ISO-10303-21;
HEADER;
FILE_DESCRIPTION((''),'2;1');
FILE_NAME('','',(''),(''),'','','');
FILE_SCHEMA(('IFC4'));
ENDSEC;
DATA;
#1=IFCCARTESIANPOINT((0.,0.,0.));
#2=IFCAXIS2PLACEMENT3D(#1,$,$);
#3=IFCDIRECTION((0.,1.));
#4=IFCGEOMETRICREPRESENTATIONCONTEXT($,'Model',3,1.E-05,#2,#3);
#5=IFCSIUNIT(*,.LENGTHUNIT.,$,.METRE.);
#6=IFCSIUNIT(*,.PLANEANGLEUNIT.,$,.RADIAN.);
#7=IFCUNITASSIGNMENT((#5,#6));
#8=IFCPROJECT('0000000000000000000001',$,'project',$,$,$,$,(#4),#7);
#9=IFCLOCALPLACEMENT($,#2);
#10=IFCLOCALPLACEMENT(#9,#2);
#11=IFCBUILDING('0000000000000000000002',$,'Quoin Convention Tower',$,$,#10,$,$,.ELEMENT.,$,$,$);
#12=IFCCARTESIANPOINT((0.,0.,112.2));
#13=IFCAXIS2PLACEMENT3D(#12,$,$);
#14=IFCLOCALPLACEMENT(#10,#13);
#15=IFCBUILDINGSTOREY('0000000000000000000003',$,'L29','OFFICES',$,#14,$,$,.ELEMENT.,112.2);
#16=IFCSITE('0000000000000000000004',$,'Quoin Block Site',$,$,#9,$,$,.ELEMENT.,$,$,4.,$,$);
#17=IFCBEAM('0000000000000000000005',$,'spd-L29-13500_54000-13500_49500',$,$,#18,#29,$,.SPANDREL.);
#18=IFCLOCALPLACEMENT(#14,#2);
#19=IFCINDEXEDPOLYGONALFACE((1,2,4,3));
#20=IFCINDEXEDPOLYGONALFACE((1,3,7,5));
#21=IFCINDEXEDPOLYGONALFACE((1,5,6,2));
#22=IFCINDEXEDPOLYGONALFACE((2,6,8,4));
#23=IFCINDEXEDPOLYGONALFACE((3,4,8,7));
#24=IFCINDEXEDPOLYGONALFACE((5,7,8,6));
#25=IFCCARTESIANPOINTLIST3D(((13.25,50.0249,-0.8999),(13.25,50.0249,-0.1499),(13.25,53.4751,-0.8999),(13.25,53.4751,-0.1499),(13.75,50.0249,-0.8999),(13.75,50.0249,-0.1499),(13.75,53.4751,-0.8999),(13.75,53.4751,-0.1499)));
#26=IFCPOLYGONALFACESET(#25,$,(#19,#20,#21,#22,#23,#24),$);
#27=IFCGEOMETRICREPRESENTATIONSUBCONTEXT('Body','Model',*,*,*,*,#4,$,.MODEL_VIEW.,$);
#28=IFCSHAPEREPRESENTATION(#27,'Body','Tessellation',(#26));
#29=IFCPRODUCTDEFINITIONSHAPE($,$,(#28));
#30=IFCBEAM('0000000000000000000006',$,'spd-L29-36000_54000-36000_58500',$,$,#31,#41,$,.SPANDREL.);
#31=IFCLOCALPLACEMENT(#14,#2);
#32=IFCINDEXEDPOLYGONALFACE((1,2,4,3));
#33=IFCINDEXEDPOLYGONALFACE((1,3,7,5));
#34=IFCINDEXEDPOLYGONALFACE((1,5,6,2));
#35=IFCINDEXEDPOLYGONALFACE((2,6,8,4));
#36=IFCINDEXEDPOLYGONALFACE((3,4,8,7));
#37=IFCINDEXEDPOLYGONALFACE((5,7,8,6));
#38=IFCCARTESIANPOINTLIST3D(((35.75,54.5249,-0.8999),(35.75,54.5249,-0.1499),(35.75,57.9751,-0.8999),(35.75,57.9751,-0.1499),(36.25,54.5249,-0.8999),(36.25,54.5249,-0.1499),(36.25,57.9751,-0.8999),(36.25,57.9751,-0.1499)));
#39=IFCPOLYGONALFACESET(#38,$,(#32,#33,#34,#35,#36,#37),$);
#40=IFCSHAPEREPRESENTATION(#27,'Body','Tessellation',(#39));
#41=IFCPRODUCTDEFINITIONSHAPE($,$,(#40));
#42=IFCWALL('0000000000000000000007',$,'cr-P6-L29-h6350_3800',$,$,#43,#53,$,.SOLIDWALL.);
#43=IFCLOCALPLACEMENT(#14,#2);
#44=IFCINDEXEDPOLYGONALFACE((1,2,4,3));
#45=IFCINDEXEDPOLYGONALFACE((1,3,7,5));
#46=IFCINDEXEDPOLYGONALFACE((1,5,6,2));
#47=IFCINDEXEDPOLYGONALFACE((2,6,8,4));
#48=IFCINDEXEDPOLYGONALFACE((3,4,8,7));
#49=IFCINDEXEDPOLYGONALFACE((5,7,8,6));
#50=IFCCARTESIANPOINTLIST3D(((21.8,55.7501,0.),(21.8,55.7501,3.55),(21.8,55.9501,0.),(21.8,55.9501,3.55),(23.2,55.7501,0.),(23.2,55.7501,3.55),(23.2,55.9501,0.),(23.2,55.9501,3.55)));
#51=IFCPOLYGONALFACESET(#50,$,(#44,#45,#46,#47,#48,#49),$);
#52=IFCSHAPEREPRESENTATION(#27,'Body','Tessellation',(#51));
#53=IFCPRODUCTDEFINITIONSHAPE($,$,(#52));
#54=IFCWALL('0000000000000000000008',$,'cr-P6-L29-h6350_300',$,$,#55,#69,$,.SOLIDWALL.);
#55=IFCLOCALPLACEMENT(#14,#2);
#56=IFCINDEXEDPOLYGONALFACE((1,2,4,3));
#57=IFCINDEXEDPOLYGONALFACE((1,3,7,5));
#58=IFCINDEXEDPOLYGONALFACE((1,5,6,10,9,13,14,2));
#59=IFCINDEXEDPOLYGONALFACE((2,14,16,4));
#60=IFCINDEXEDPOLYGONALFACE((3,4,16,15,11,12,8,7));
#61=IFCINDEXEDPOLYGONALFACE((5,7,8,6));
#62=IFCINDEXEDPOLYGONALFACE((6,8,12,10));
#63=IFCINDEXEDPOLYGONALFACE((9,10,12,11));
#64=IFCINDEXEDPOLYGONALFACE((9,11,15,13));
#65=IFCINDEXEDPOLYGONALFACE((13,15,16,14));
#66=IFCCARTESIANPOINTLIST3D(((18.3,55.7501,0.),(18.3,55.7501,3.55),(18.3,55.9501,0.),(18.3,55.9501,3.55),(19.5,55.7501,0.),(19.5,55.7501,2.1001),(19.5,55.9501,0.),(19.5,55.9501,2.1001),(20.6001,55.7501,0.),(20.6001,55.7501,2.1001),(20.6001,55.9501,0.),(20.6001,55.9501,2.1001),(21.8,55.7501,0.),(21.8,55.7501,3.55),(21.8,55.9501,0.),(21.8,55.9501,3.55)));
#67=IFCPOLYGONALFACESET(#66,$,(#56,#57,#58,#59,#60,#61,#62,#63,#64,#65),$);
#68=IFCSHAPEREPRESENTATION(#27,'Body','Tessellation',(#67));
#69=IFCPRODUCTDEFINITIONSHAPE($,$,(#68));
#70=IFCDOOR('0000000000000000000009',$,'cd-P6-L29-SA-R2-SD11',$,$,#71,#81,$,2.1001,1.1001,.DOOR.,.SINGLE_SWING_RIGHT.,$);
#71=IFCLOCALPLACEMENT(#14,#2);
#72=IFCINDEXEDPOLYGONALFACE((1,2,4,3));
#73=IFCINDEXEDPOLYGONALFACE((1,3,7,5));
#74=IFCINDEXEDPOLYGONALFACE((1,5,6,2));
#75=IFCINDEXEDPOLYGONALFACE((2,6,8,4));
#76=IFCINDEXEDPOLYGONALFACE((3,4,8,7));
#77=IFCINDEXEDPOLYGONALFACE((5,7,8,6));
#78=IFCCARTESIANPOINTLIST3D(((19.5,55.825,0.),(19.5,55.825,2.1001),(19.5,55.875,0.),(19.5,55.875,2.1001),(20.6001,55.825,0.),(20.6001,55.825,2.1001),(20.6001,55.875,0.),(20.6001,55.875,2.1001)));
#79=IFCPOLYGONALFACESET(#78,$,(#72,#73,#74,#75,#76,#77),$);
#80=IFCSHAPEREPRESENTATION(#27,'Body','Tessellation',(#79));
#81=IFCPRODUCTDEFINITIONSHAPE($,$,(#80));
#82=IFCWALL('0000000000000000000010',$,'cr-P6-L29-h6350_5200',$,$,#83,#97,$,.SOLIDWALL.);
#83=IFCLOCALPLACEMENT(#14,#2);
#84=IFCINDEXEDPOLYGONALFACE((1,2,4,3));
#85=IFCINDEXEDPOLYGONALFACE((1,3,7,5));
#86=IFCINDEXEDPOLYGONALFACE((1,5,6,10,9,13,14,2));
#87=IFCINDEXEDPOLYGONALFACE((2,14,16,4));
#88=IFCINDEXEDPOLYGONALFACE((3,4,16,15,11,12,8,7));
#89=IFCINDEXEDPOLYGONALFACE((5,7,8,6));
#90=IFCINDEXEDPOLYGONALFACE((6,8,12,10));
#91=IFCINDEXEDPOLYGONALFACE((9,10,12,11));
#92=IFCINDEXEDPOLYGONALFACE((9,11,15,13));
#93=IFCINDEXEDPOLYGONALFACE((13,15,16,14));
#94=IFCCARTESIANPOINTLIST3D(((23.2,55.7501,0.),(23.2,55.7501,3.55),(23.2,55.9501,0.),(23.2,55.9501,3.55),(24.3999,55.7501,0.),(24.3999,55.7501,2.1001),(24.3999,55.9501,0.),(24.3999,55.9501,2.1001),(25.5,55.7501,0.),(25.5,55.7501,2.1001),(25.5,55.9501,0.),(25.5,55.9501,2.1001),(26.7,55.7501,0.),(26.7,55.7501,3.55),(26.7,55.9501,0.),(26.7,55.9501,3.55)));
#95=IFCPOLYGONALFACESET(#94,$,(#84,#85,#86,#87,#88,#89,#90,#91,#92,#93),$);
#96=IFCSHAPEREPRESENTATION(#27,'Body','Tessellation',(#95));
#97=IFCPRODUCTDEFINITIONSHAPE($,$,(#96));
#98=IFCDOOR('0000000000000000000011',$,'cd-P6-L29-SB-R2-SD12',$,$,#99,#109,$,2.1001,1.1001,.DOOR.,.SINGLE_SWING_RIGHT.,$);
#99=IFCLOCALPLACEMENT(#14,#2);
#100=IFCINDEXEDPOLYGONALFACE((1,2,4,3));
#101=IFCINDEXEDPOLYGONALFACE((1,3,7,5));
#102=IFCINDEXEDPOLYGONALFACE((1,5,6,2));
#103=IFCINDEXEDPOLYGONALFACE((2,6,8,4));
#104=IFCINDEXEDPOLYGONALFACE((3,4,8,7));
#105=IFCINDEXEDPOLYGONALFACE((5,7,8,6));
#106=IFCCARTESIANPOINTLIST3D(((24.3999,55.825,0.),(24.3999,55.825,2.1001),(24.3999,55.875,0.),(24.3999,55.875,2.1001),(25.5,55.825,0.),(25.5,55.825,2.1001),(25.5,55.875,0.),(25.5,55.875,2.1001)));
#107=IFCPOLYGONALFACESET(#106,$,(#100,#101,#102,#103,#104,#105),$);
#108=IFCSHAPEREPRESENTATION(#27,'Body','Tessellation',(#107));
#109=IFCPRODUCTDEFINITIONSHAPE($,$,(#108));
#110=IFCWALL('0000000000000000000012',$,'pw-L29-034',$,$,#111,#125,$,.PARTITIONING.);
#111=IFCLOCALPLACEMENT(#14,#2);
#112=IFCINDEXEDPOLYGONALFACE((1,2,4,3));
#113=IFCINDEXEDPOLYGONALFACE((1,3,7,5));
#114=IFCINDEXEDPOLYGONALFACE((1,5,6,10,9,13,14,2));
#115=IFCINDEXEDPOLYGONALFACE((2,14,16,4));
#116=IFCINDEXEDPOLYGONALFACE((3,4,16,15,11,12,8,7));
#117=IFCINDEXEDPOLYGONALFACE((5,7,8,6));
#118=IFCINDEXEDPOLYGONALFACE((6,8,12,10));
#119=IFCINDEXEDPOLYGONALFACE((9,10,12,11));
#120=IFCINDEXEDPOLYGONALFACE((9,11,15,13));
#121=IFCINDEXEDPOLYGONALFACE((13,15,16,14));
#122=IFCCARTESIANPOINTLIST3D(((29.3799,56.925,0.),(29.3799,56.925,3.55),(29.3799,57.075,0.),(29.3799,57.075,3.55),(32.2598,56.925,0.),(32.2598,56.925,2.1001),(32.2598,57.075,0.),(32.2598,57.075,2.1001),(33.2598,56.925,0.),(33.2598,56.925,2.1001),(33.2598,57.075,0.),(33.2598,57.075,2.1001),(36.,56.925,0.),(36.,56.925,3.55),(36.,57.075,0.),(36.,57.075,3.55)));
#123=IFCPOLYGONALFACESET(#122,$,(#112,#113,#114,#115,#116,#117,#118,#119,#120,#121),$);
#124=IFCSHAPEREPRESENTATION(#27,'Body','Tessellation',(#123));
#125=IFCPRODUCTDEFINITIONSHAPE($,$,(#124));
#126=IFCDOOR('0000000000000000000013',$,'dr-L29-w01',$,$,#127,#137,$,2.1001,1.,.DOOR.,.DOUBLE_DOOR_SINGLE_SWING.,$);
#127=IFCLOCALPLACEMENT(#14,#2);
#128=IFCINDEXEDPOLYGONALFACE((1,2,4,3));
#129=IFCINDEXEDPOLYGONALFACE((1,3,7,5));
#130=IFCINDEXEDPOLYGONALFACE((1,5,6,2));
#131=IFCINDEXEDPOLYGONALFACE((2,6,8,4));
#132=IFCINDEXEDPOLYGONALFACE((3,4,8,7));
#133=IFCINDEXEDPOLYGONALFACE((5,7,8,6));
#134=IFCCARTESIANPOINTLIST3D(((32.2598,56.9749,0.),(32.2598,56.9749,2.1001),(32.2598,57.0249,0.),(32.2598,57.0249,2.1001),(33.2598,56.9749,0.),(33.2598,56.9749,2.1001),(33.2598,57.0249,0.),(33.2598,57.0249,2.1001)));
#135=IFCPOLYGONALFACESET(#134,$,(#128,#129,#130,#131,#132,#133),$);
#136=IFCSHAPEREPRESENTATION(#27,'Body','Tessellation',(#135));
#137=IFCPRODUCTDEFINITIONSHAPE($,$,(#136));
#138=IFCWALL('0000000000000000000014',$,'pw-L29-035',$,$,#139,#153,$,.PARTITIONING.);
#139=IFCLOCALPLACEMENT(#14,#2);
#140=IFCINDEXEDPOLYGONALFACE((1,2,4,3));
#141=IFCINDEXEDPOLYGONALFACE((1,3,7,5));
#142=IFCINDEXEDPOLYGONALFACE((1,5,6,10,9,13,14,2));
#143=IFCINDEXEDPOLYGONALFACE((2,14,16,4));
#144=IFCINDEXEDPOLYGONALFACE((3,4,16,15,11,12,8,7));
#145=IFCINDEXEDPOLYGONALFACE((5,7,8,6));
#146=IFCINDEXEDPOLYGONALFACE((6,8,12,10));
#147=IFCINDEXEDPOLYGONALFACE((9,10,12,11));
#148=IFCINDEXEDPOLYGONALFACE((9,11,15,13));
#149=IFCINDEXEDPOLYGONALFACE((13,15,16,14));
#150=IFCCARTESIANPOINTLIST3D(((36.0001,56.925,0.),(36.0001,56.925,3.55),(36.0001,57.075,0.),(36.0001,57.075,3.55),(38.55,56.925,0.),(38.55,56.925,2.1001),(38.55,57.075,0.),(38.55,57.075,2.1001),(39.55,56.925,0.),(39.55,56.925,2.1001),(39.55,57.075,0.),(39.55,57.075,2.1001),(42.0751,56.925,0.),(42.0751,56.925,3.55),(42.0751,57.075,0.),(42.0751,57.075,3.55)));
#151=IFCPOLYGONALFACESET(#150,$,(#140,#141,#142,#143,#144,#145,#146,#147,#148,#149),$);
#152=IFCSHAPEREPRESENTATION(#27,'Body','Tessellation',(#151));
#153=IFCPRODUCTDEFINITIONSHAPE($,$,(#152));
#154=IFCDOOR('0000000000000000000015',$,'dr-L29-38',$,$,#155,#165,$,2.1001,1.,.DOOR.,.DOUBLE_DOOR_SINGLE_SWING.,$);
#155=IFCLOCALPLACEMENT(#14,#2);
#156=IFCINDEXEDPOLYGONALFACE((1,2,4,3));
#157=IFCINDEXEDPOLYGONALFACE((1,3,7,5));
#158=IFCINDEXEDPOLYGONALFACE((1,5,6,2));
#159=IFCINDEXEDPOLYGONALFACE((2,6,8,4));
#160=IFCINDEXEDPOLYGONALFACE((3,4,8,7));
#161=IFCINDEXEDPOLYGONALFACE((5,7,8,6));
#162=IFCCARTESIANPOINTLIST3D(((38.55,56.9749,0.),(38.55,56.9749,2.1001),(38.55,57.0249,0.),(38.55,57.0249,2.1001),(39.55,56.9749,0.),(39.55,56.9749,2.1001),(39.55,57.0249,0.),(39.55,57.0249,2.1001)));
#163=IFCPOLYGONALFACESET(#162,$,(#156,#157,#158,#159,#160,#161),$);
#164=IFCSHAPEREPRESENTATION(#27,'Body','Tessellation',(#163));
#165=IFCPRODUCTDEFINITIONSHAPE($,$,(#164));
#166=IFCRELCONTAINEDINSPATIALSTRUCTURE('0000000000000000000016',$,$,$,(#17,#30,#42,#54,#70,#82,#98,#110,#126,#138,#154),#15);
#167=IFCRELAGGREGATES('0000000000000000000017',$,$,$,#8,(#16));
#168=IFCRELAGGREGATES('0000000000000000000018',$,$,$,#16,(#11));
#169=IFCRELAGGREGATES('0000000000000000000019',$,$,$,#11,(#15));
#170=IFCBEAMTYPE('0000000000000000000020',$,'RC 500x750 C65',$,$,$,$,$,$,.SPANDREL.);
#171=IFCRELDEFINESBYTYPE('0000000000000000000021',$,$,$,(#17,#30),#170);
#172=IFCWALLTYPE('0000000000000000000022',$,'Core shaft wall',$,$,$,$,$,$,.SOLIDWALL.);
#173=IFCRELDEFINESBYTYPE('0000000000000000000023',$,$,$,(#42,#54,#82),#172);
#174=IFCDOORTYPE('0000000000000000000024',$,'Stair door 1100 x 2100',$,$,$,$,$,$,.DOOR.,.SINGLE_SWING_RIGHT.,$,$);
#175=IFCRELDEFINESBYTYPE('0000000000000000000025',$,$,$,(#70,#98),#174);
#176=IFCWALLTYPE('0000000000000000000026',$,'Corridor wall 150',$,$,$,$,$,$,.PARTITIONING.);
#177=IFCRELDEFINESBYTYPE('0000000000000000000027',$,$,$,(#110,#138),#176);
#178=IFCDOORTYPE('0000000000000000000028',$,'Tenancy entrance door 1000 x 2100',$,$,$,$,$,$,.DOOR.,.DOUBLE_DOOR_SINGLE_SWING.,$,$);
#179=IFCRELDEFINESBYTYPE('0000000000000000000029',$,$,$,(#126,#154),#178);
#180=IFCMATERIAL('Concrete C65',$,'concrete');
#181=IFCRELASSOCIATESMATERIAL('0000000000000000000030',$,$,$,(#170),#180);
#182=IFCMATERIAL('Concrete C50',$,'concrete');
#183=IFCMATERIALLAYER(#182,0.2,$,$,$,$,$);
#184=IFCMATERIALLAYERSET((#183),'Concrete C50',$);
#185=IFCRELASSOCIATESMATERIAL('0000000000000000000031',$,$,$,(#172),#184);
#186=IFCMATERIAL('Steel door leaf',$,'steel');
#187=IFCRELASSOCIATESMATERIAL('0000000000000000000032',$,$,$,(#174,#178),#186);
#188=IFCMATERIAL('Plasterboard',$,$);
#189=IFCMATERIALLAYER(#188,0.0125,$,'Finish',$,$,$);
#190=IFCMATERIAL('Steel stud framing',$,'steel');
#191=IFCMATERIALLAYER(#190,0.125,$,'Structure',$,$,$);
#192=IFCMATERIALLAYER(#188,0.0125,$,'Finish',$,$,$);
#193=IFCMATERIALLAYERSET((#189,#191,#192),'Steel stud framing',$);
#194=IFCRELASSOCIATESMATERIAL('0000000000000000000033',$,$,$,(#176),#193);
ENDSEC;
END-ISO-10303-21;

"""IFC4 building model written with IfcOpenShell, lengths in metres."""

from ifc_helpers import new_model, si_unit, direction, frame, frame_2d, origin, origin_2d, place, context, subcontext, project, spatial, rectangle, extrude, material, layer, layer_set, material_profile, profile_set, type_object, element, fill, save


model = new_model("IFC4")

# Units and contexts
model_context = context("Model", 3, precision=1e-05, world=origin(), true_north=direction((0.0, 1.0)))
body_context = subcontext(model_context, "Body", "Model", "MODEL_VIEW")
ifc_project = project(units=[si_unit("LENGTHUNIT", "METRE"), si_unit("PLANEANGLEUNIT", "RADIAN")], contexts=[model_context])

# Site, building, storey
site_placement = place(None, origin())
site = spatial("IfcSite", under=ifc_project, at=site_placement, Name="Quoin Block Site", CompositionType="ELEMENT", RefElevation=4.0)
building_placement = place(site_placement, origin())
building = spatial("IfcBuilding", under=site, at=building_placement, Name="Quoin Convention Tower", CompositionType="ELEMENT")
storey_placement = place(building_placement, frame((0.0, 0.0, 112.2)))
storey = spatial("IfcBuildingStorey", under=building, at=storey_placement, Name="L29", Description="OFFICES", CompositionType="ELEMENT", Elevation=112.2)

# Shared definitions
ifc_material_1 = material(Name="Concrete C65", Category="concrete")

# Beams
ifc_material_profile_1 = material_profile(ifc_material_1, rectangle(XDim=0.5, YDim=0.75, at=origin_2d()), Name="RC 500x750")
ifc_profile_set_1 = profile_set([ifc_material_profile_1], Name="Concrete C65")
beam_type_1 = type_object("IfcBeamType", Name="RC 500x750 C65", PredefinedType="SPANDREL", material=ifc_profile_set_1)
for number, where, z_axis, x_axis, name in (
    (1, (13.5, 53.4751, -0.5249), (0.0, -1.0, 0.0), (1.0, 0.0, 0.0), "spd-L29-13500_54000-13500_49500"),
    (2, (36.0, 54.5249, -0.5249), (0.0, 1.0, 0.0), (-1.0, 0.0, 0.0), "spd-L29-36000_54000-36000_58500"),
):
    element("IfcBeam", number, at=place(storey_placement, frame(where, z_axis=z_axis, x_axis=x_axis)), inside=storey, type_object=beam_type_1, Name=name, PredefinedType="SPANDREL", context=body_context, shape_type="SweptSolid", body=[
        extrude(rectangle(XDim=0.5, YDim=0.75, at=origin_2d()), origin(), (0.0, 0.0, 1.0), 3.4502),
    ])

# Wall
ifc_material_2 = material(Name="Concrete C50", Category="concrete")
ifc_layer_1 = layer(ifc_material_2, 0.2)
ifc_layer_set_1 = layer_set([ifc_layer_1], Name="Concrete C50")
wall_type_1 = type_object("IfcWallType", Name="Core shaft wall", PredefinedType="SOLIDWALL", material=ifc_layer_set_1)
wall_1_placement = place(storey_placement, frame((21.8, 55.8501, 0.0), z_axis=(0.0, 0.0, 1.0), x_axis=(1.0, 0.0, 0.0)))
element("IfcWall", 3, at=wall_1_placement, inside=storey, type_object=wall_type_1, Name="cr-P6-L29-h6350_3800", PredefinedType="SOLIDWALL", context=body_context, shape_type="SweptSolid", body=[
    extrude(rectangle(XDim=1.3999, YDim=0.2, at=frame_2d((0.7, 0.0))), origin(), (0.0, 0.0, 1.0), 3.55),
])

# Walls, openings, doors
wall_2_placement = place(storey_placement, frame((18.3, 55.8501, 0.0), z_axis=(0.0, 0.0, 1.0), x_axis=(1.0, 0.0, 0.0)))
wall_2 = element("IfcWall", 4, at=wall_2_placement, inside=storey, type_object=wall_type_1, Name="cr-P6-L29-h6350_300", PredefinedType="SOLIDWALL", context=body_context, shape_type="SweptSolid", body=[
    extrude(rectangle(XDim=3.5, YDim=0.2, at=frame_2d((1.75, 0.0))), origin(), (0.0, 0.0, 1.0), 3.55),
])
opening_1_placement = place(wall_2_placement, frame((1.2, 0.0, 0.0)))
opening_1 = element("IfcOpeningElement", 5, at=opening_1_placement, cuts=wall_2, PredefinedType="OPENING", context=body_context, shape_type="SweptSolid", body=[
    extrude(rectangle(XDim=1.1001, YDim=2.1001, at=frame_2d((0.55, 1.05))), frame((0.0, 0.1099, 0.0), z_axis=(0.0, -1.0, 0.0), x_axis=(1.0, 0.0, 0.0)), (0.0, 0.0, 1.0), 0.22),
])
ifc_material_3 = material(Name="Steel door leaf", Category="steel")
door_type_1 = type_object("IfcDoorType", Name="Stair door 1100 x 2100", OperationType="SINGLE_SWING_RIGHT", PredefinedType="DOOR", material=ifc_material_3)
door_1_placement = place(opening_1_placement, origin())
door_1 = element("IfcDoor", 6, at=door_1_placement, inside=storey, type_object=door_type_1, Name="cd-P6-L29-SA-R2-SD11", OperationType="SINGLE_SWING_RIGHT", OverallHeight=2.1001, OverallWidth=1.1001, PredefinedType="DOOR", context=body_context, shape_type="SweptSolid", body=[
    extrude(rectangle(XDim=1.1001, YDim=2.1001, at=frame_2d((0.55, 1.05))), frame((0.0, 0.0249, 0.0), z_axis=(0.0, -1.0, 0.0), x_axis=(1.0, 0.0, 0.0)), (0.0, 0.0, 1.0), 0.05),
])
fill(opening_1, door_1)
wall_3_placement = place(storey_placement, frame((23.2, 55.8501, 0.0), z_axis=(0.0, 0.0, 1.0), x_axis=(1.0, 0.0, 0.0)))
wall_3 = element("IfcWall", 7, at=wall_3_placement, inside=storey, type_object=wall_type_1, Name="cr-P6-L29-h6350_5200", PredefinedType="SOLIDWALL", context=body_context, shape_type="SweptSolid", body=[
    extrude(rectangle(XDim=3.5, YDim=0.2, at=frame_2d((1.75, 0.0))), origin(), (0.0, 0.0, 1.0), 3.55),
])
opening_2_placement = place(wall_3_placement, frame((1.2, 0.0, 0.0)))
opening_2 = element("IfcOpeningElement", 8, at=opening_2_placement, cuts=wall_3, PredefinedType="OPENING", context=body_context, shape_type="SweptSolid", body=[
    extrude(rectangle(XDim=1.1001, YDim=2.1001, at=frame_2d((0.55, 1.05))), frame((0.0, 0.1099, 0.0), z_axis=(0.0, -1.0, 0.0), x_axis=(1.0, 0.0, 0.0)), (0.0, 0.0, 1.0), 0.22),
])
door_2_placement = place(opening_2_placement, origin())
door_2 = element("IfcDoor", 9, at=door_2_placement, inside=storey, type_object=door_type_1, Name="cd-P6-L29-SB-R2-SD12", OperationType="SINGLE_SWING_RIGHT", OverallHeight=2.1001, OverallWidth=1.1001, PredefinedType="DOOR", context=body_context, shape_type="SweptSolid", body=[
    extrude(rectangle(XDim=1.1001, YDim=2.1001, at=frame_2d((0.55, 1.05))), frame((0.0, 0.0249, 0.0), z_axis=(0.0, -1.0, 0.0), x_axis=(1.0, 0.0, 0.0)), (0.0, 0.0, 1.0), 0.05),
])
fill(opening_2, door_2)
ifc_material_4 = material(Name="Plasterboard")
ifc_layer_2 = layer(ifc_material_4, 0.0125, Name="Finish")
ifc_material_5 = material(Name="Steel stud framing", Category="steel")
ifc_layer_3 = layer(ifc_material_5, 0.125, Name="Structure")
ifc_layer_4 = layer(ifc_material_4, 0.0125, Name="Finish")
ifc_layer_set_2 = layer_set([ifc_layer_2, ifc_layer_3, ifc_layer_4], Name="Steel stud framing")
wall_type_2 = type_object("IfcWallType", Name="Corridor wall 150", PredefinedType="PARTITIONING", material=ifc_layer_set_2)
wall_4_placement = place(storey_placement, frame((29.3799, 57.0, 0.0), z_axis=(0.0, 0.0, 1.0), x_axis=(1.0, 0.0, 0.0)))
wall_4 = element("IfcWall", 10, at=wall_4_placement, inside=storey, type_object=wall_type_2, Name="pw-L29-034", PredefinedType="PARTITIONING", context=body_context, shape_type="SweptSolid", body=[
    extrude(rectangle(XDim=6.6201, YDim=0.1499, at=frame_2d((3.3101, 0.0))), origin(), (0.0, 0.0, 1.0), 3.55),
])
opening_3_placement = place(wall_4_placement, frame((2.8799, 0.0, 0.0)))
opening_3 = element("IfcOpeningElement", 11, at=opening_3_placement, cuts=wall_4, PredefinedType="OPENING", context=body_context, shape_type="SweptSolid", body=[
    extrude(rectangle(XDim=1.0, YDim=2.1001, at=frame_2d((0.5, 1.05))), frame((0.0, 0.085, 0.0), z_axis=(0.0, -1.0, 0.0), x_axis=(1.0, 0.0, 0.0)), (0.0, 0.0, 1.0), 0.1699),
])
door_type_2 = type_object("IfcDoorType", Name="Tenancy entrance door 1000 x 2100", OperationType="DOUBLE_DOOR_SINGLE_SWING", PredefinedType="DOOR", material=ifc_material_3)
door_3_placement = place(opening_3_placement, origin())
door_3 = element("IfcDoor", 12, at=door_3_placement, inside=storey, type_object=door_type_2, Name="dr-L29-w01", OperationType="DOUBLE_DOOR_SINGLE_SWING", OverallHeight=2.1001, OverallWidth=1.0, PredefinedType="DOOR", context=body_context, shape_type="SweptSolid", body=[
    extrude(rectangle(XDim=1.0, YDim=2.1001, at=frame_2d((0.5, 1.05))), frame((0.0, 0.0249, 0.0), z_axis=(0.0, -1.0, 0.0), x_axis=(1.0, 0.0, 0.0)), (0.0, 0.0, 1.0), 0.05),
])
fill(opening_3, door_3)
wall_5_placement = place(storey_placement, frame((36.0, 57.0, 0.0), z_axis=(0.0, 0.0, 1.0), x_axis=(1.0, 0.0, 0.0)))
wall_5 = element("IfcWall", 13, at=wall_5_placement, inside=storey, type_object=wall_type_2, Name="pw-L29-035", PredefinedType="PARTITIONING", context=body_context, shape_type="SweptSolid", body=[
    extrude(rectangle(XDim=6.075, YDim=0.1499, at=frame_2d((3.0376, 0.0))), origin(), (0.0, 0.0, 1.0), 3.55),
])
opening_4_placement = place(wall_5_placement, frame((2.55, 0.0, 0.0)))
opening_4 = element("IfcOpeningElement", 14, at=opening_4_placement, cuts=wall_5, PredefinedType="OPENING", context=body_context, shape_type="SweptSolid", body=[
    extrude(rectangle(XDim=1.0, YDim=2.1001, at=frame_2d((0.5, 1.05))), frame((0.0, 0.085, 0.0), z_axis=(0.0, -1.0, 0.0), x_axis=(1.0, 0.0, 0.0)), (0.0, 0.0, 1.0), 0.1699),
])
door_4_placement = place(opening_4_placement, origin())
door_4 = element("IfcDoor", 15, at=door_4_placement, inside=storey, type_object=door_type_2, Name="dr-L29-38", OperationType="DOUBLE_DOOR_SINGLE_SWING", OverallHeight=2.1001, OverallWidth=1.0, PredefinedType="DOOR", context=body_context, shape_type="SweptSolid", body=[
    extrude(rectangle(XDim=1.0, YDim=2.1001, at=frame_2d((0.5, 1.05))), frame((0.0, 0.0249, 0.0), z_axis=(0.0, -1.0, 0.0), x_axis=(1.0, 0.0, 0.0)), (0.0, 0.0, 1.0), 0.05),
])
fill(opening_4, door_4)

save(model, "model.ifc")
